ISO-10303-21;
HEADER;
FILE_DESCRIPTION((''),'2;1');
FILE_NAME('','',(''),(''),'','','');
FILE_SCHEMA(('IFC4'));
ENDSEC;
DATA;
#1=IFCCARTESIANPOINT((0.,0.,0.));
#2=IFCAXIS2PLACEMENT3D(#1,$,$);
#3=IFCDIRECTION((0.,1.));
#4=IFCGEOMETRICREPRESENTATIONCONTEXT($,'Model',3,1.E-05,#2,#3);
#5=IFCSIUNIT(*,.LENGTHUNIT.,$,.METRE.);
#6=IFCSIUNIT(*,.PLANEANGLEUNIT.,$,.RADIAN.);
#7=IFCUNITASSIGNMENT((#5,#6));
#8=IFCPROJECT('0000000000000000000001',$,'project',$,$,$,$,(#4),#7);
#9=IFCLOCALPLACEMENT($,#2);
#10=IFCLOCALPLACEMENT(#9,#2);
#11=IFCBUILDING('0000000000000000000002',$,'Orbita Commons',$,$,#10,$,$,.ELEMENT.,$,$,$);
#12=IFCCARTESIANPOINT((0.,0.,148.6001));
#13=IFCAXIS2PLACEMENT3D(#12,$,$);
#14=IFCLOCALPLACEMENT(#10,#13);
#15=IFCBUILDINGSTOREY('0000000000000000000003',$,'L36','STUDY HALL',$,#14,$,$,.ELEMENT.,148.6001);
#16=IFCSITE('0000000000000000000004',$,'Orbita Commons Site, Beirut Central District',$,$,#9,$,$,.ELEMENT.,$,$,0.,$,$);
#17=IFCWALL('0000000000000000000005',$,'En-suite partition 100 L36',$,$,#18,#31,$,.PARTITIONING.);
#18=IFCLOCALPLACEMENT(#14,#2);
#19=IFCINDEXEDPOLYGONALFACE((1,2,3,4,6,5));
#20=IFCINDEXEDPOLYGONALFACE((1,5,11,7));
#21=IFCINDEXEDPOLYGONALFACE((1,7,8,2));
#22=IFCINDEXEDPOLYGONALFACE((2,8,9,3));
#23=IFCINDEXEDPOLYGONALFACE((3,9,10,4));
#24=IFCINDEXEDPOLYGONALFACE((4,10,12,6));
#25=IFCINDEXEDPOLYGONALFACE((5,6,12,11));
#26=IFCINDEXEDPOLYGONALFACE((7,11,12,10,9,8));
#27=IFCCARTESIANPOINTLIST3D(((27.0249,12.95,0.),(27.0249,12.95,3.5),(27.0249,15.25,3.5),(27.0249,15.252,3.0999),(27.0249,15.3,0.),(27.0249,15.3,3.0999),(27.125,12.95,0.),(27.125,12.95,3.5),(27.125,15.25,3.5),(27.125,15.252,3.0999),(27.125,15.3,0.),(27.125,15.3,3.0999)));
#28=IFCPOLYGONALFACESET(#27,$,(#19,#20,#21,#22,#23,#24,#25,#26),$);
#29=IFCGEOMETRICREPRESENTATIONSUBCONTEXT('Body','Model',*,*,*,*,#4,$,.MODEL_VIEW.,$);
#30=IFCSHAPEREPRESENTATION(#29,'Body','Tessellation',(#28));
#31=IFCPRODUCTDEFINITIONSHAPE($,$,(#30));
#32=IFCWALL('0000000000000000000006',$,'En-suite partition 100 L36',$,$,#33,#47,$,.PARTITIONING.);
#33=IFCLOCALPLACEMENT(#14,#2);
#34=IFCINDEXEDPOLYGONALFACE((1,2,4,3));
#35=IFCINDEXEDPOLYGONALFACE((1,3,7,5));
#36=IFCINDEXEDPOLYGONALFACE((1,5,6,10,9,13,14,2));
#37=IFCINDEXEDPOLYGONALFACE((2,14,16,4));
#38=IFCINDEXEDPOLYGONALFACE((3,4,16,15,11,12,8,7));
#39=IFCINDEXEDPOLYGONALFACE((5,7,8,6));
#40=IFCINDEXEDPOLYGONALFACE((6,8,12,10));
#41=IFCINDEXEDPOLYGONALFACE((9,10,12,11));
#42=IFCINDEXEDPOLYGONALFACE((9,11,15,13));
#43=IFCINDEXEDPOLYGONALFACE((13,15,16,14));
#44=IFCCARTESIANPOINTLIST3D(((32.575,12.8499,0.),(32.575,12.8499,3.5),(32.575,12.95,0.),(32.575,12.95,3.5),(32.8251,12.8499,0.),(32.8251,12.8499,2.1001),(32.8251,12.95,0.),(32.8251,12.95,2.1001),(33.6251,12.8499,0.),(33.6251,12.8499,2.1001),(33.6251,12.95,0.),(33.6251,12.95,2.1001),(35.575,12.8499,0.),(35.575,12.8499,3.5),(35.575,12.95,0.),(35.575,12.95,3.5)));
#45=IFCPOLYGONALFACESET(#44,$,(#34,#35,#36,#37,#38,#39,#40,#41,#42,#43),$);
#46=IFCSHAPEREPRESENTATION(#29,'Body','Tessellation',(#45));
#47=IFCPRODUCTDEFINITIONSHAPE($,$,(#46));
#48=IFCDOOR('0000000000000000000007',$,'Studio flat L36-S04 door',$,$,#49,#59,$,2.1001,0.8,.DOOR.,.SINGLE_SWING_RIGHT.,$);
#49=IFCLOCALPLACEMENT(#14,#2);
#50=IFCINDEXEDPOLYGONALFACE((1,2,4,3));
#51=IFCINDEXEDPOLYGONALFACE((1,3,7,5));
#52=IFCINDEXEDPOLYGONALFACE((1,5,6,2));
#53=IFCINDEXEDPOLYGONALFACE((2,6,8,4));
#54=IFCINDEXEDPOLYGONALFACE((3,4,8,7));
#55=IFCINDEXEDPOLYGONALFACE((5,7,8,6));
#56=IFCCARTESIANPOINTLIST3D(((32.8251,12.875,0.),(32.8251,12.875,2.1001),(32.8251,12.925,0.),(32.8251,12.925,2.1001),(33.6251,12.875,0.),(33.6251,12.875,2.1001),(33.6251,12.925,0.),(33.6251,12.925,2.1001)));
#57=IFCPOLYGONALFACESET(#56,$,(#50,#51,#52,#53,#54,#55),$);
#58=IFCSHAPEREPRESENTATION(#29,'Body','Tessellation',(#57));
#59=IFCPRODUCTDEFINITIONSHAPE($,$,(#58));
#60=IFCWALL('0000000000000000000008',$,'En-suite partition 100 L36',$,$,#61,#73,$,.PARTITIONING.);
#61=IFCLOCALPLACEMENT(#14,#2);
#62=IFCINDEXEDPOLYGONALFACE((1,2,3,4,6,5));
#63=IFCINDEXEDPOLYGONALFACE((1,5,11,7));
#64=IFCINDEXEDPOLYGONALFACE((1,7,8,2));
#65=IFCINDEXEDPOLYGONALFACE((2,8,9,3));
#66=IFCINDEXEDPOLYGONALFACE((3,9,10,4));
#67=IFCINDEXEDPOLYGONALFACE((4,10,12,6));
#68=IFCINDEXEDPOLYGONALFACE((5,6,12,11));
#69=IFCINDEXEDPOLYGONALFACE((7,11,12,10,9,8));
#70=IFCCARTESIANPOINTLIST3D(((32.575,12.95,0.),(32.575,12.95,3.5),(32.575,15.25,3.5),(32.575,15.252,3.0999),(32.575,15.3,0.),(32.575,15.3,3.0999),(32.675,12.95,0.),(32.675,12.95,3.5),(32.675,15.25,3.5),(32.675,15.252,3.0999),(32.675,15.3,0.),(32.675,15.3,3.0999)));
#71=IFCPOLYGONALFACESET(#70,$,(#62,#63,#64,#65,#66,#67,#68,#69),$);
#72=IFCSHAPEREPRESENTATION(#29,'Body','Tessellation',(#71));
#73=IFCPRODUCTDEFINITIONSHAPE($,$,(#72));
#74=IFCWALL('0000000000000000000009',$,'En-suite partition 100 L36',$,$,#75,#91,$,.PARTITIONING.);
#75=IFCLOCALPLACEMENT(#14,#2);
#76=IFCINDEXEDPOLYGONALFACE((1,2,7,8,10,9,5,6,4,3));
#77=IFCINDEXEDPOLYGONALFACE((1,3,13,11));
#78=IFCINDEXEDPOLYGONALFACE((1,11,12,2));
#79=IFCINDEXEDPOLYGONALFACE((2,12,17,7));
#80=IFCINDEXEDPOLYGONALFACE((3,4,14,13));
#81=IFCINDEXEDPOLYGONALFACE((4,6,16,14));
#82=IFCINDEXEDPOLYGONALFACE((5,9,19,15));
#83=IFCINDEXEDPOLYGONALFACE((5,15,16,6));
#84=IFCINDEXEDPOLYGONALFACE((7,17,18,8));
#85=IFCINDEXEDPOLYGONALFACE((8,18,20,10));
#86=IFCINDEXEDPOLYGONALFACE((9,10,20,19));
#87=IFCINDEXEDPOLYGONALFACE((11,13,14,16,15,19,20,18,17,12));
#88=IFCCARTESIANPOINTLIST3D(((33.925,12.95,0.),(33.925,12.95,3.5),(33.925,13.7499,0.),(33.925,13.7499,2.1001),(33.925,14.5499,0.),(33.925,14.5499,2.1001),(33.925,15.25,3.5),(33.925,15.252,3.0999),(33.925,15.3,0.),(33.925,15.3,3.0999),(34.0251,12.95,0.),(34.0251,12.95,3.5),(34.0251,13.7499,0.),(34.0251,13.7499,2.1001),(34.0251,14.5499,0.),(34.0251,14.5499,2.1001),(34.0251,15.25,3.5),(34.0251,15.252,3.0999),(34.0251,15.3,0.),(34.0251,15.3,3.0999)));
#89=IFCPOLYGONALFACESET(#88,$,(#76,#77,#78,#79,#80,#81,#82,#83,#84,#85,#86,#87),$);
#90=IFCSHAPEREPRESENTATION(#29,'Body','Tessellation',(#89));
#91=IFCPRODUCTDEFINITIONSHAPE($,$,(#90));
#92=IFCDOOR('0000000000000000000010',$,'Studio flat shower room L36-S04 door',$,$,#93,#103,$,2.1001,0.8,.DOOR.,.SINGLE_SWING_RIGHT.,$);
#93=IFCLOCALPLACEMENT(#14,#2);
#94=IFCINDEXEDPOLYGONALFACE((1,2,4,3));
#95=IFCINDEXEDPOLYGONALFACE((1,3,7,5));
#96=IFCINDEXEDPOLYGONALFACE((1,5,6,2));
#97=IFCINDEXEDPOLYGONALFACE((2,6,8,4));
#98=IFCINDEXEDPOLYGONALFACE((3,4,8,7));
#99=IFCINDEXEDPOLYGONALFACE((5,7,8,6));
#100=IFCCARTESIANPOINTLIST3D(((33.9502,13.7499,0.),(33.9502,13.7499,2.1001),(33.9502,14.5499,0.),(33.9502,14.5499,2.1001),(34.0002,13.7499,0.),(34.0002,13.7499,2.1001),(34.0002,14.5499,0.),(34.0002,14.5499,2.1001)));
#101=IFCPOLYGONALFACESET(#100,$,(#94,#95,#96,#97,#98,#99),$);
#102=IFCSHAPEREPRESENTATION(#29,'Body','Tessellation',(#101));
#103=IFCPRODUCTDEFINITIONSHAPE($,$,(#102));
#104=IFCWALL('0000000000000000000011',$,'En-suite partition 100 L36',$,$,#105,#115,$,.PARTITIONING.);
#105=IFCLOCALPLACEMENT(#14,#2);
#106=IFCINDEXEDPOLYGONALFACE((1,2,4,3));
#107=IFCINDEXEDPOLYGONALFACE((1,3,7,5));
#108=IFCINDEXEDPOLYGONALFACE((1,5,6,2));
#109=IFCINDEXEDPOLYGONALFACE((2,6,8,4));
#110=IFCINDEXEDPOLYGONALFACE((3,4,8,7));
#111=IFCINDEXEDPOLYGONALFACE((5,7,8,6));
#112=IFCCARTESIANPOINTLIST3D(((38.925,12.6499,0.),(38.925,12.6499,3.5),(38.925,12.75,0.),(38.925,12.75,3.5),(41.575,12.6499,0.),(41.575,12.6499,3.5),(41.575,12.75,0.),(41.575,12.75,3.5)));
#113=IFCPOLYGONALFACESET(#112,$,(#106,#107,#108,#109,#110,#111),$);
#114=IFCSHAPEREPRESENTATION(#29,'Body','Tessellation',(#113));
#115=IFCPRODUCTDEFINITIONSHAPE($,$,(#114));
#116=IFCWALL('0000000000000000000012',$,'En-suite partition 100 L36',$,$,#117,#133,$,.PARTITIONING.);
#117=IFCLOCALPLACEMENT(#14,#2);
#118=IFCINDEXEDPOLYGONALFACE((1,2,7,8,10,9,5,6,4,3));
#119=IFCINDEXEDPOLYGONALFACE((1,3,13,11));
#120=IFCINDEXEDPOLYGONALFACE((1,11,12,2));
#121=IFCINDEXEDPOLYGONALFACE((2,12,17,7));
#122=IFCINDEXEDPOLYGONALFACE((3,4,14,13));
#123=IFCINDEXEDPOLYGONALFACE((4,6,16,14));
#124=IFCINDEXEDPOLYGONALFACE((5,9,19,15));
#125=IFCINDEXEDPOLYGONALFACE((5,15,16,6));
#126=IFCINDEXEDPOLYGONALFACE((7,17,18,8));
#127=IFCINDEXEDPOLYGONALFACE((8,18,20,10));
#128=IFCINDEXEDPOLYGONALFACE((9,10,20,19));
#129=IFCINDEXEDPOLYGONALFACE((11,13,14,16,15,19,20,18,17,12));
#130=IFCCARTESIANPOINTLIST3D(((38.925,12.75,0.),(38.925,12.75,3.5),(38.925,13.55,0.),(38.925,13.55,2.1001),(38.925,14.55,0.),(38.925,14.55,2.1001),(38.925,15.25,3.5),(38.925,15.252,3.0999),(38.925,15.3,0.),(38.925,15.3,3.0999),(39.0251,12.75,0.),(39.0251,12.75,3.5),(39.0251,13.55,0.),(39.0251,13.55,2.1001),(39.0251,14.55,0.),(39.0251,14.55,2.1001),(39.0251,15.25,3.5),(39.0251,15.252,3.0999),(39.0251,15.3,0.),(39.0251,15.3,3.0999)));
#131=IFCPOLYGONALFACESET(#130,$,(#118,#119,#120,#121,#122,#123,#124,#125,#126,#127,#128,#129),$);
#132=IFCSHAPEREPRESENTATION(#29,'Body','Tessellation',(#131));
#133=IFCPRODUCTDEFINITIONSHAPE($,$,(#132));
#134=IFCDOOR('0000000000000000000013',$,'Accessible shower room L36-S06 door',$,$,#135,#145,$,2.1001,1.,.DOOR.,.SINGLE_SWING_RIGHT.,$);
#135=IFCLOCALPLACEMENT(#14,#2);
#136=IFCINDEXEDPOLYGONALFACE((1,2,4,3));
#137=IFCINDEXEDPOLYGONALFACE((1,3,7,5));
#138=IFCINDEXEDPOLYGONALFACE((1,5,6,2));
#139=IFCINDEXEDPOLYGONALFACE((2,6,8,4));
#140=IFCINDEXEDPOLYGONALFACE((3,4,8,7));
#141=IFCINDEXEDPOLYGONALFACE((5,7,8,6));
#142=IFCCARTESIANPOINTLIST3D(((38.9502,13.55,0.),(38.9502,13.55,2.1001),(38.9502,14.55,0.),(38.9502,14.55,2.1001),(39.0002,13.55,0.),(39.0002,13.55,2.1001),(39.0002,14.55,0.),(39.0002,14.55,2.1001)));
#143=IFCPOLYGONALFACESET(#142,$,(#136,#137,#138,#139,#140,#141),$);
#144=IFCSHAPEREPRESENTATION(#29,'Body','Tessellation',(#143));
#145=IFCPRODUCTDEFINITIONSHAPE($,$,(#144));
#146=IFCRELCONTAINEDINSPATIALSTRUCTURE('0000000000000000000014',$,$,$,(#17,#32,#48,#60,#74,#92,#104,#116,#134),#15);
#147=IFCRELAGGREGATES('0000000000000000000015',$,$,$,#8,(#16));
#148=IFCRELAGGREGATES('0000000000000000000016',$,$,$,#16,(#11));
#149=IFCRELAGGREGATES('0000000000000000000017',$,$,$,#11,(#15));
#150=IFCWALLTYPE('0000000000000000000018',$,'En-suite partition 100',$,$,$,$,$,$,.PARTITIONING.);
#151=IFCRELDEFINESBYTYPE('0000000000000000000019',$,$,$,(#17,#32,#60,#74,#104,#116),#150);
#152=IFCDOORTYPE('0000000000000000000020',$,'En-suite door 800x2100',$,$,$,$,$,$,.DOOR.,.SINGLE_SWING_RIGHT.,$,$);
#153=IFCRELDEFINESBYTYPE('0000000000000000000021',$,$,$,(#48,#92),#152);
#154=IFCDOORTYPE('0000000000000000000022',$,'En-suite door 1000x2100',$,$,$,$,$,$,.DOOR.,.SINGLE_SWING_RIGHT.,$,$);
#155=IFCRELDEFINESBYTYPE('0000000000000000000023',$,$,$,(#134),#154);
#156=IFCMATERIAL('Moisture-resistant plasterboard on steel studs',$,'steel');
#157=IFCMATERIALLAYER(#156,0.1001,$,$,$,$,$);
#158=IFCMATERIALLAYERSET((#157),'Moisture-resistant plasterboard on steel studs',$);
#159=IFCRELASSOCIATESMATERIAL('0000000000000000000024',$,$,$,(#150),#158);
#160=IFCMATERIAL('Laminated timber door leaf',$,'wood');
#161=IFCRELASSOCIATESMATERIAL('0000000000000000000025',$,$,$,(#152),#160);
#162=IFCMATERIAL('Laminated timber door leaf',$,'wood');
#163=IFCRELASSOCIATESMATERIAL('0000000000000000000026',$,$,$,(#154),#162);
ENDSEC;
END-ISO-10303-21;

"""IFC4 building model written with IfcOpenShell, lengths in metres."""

from ifc_helpers import new_model, si_unit, direction, frame, frame_2d, origin, place, context, subcontext, project, spatial, polyline, rectangle, outline, extrude, material, layer, layer_set, type_object, element, fill, save


model = new_model("IFC4")

# Units and contexts
model_context = context("Model", 3, precision=1e-05, world=origin(), true_north=direction((0.0, 1.0)))
body_context = subcontext(model_context, "Body", "Model", "MODEL_VIEW")
ifc_project = project(units=[si_unit("LENGTHUNIT", "METRE"), si_unit("PLANEANGLEUNIT", "RADIAN")], contexts=[model_context])

# Site, building, storey
site_placement = place(None, origin())
site = spatial("IfcSite", under=ifc_project, at=site_placement, Name="Orbita Commons Site, Beirut Central District", CompositionType="ELEMENT", RefElevation=0.0)
building_placement = place(site_placement, origin())
building = spatial("IfcBuilding", under=site, at=building_placement, Name="Orbita Commons", CompositionType="ELEMENT")
storey_placement = place(building_placement, frame((0.0, 0.0, 148.6001)))
storey = spatial("IfcBuildingStorey", under=building, at=storey_placement, Name="L36", Description="STUDY HALL", CompositionType="ELEMENT", Elevation=148.6001)

# Shared definitions
ifc_material_1 = material(Name="Moisture-resistant plasterboard on steel studs", Category="steel")
ifc_layer_1 = layer(ifc_material_1, 0.1001)
ifc_layer_set_1 = layer_set([ifc_layer_1], Name="Moisture-resistant plasterboard on steel studs")
wall_type_1 = type_object("IfcWallType", Name="En-suite partition 100", PredefinedType="PARTITIONING", material=ifc_layer_set_1)

# Wall
wall_1_placement = place(storey_placement, frame((27.075, 12.95, 0.0), z_axis=(0.0, 0.0, 1.0), x_axis=(0.0, 1.0, 0.0)))
element("IfcWall", 1, at=wall_1_placement, inside=storey, type_object=wall_type_1, Name="En-suite partition 100 L36", PredefinedType="PARTITIONING", context=body_context, shape_type="SweptSolid", body=[
    extrude(outline(polyline([(0.0, 0.0), (2.3501, 0.0), (2.3501, 3.0999), (2.302, 3.0999), (2.3, 3.5), (0.0, 3.5), (0.0, 0.0)])), frame((0.0, 0.05, 0.0), z_axis=(0.0, -1.0, 0.0), x_axis=(1.0, 0.0, 0.0)), (0.0, 0.0, 1.0), 0.1001),
])

# Wall, opening, door
wall_2_placement = place(storey_placement, frame((35.575, 12.8999, 0.0), z_axis=(0.0, 0.0, 1.0), x_axis=(-1.0, 0.0, 0.0)))
wall_2 = element("IfcWall", 2, at=wall_2_placement, inside=storey, type_object=wall_type_1, Name="En-suite partition 100 L36", PredefinedType="PARTITIONING", context=body_context, shape_type="SweptSolid", body=[
    extrude(rectangle(XDim=3.0, YDim=0.1001, at=frame_2d((1.5, 0.0))), origin(), (0.0, 0.0, 1.0), 3.5),
])
opening_1_placement = place(wall_2_placement, frame((1.95, 0.0, 0.0)))
opening_1 = element("IfcOpeningElement", 3, at=opening_1_placement, cuts=wall_2, PredefinedType="OPENING", context=body_context, shape_type="SweptSolid", body=[
    extrude(rectangle(XDim=0.8, YDim=2.1001, at=frame_2d((0.3999, 1.05))), frame((0.0, 0.0601, 0.0), z_axis=(0.0, -1.0, 0.0), x_axis=(1.0, 0.0, 0.0)), (0.0, 0.0, 1.0), 0.1201),
])
ifc_material_2 = material(Name="Laminated timber door leaf", Category="wood")
door_type_1 = type_object("IfcDoorType", Name="En-suite door 800x2100", OperationType="SINGLE_SWING_RIGHT", PredefinedType="DOOR", material=ifc_material_2)
door_1_placement = place(opening_1_placement, origin())
door_1 = element("IfcDoor", 4, at=door_1_placement, inside=storey, type_object=door_type_1, Name="Studio flat L36-S04 door", OperationType="SINGLE_SWING_RIGHT", OverallHeight=2.1001, OverallWidth=0.8, PredefinedType="DOOR", context=body_context, shape_type="SweptSolid", body=[
    extrude(rectangle(XDim=0.8, YDim=2.1001, at=frame_2d((0.3999, 1.05))), frame((0.0, 0.0249, 0.0), z_axis=(0.0, -1.0, 0.0), x_axis=(1.0, 0.0, 0.0)), (0.0, 0.0, 1.0), 0.05),
])
fill(opening_1, door_1)

# Wall
wall_3_placement = place(storey_placement, frame((32.625, 12.95, 0.0), z_axis=(0.0, 0.0, 1.0), x_axis=(0.0, 1.0, 0.0)))
element("IfcWall", 5, at=wall_3_placement, inside=storey, type_object=wall_type_1, Name="En-suite partition 100 L36", PredefinedType="PARTITIONING", context=body_context, shape_type="SweptSolid", body=[
    extrude(outline(polyline([(0.0, 0.0), (2.3501, 0.0), (2.3501, 3.0999), (2.302, 3.0999), (2.3, 3.5), (0.0, 3.5), (0.0, 0.0)])), frame((0.0, 0.05, 0.0), z_axis=(0.0, -1.0, 0.0), x_axis=(1.0, 0.0, 0.0)), (0.0, 0.0, 1.0), 0.1001),
])

# Wall, opening, door
wall_4_placement = place(storey_placement, frame((33.9751, 12.95, 0.0), z_axis=(0.0, 0.0, 1.0), x_axis=(0.0, 1.0, 0.0)))
wall_4 = element("IfcWall", 6, at=wall_4_placement, inside=storey, type_object=wall_type_1, Name="En-suite partition 100 L36", PredefinedType="PARTITIONING", context=body_context, shape_type="SweptSolid", body=[
    extrude(outline(polyline([(0.0, 0.0), (2.3501, 0.0), (2.3501, 3.0999), (2.302, 3.0999), (2.3, 3.5), (0.0, 3.5), (0.0, 0.0)])), frame((0.0, 0.05, 0.0), z_axis=(0.0, -1.0, 0.0), x_axis=(1.0, 0.0, 0.0)), (0.0, 0.0, 1.0), 0.1001),
])
opening_2_placement = place(wall_4_placement, frame((0.8, 0.0, 0.0)))
opening_2 = element("IfcOpeningElement", 7, at=opening_2_placement, cuts=wall_4, PredefinedType="OPENING", context=body_context, shape_type="SweptSolid", body=[
    extrude(rectangle(XDim=0.8, YDim=2.1001, at=frame_2d((0.3999, 1.05))), frame((0.0, 0.0601, 0.0), z_axis=(0.0, -1.0, 0.0), x_axis=(1.0, 0.0, 0.0)), (0.0, 0.0, 1.0), 0.1201),
])
door_2_placement = place(opening_2_placement, origin())
door_2 = element("IfcDoor", 8, at=door_2_placement, inside=storey, type_object=door_type_1, Name="Studio flat shower room L36-S04 door", OperationType="SINGLE_SWING_RIGHT", OverallHeight=2.1001, OverallWidth=0.8, PredefinedType="DOOR", context=body_context, shape_type="SweptSolid", body=[
    extrude(rectangle(XDim=0.8, YDim=2.1001, at=frame_2d((0.3999, 1.05))), frame((0.0, 0.0249, 0.0), z_axis=(0.0, -1.0, 0.0), x_axis=(1.0, 0.0, 0.0)), (0.0, 0.0, 1.0), 0.05),
])
fill(opening_2, door_2)

# Wall
wall_5_placement = place(storey_placement, frame((38.925, 12.7, 0.0), z_axis=(0.0, 0.0, 1.0), x_axis=(1.0, 0.0, 0.0)))
element("IfcWall", 9, at=wall_5_placement, inside=storey, type_object=wall_type_1, Name="En-suite partition 100 L36", PredefinedType="PARTITIONING", context=body_context, shape_type="SweptSolid", body=[
    extrude(rectangle(XDim=2.6499, YDim=0.1001, at=frame_2d((1.325, 0.0))), origin(), (0.0, 0.0, 1.0), 3.5),
])

# Wall, opening, door
wall_6_placement = place(storey_placement, frame((38.9751, 12.75, 0.0), z_axis=(0.0, 0.0, 1.0), x_axis=(0.0, 1.0, 0.0)))
wall_6 = element("IfcWall", 10, at=wall_6_placement, inside=storey, type_object=wall_type_1, Name="En-suite partition 100 L36", PredefinedType="PARTITIONING", context=body_context, shape_type="SweptSolid", body=[
    extrude(outline(polyline([(0.0, 0.0), (2.55, 0.0), (2.55, 3.0999), (2.502, 3.0999), (2.5, 3.5), (0.0, 3.5), (0.0, 0.0)])), frame((0.0, 0.05, 0.0), z_axis=(0.0, -1.0, 0.0), x_axis=(1.0, 0.0, 0.0)), (0.0, 0.0, 1.0), 0.1001),
])
opening_3_placement = place(wall_6_placement, frame((0.8, 0.0, 0.0)))
opening_3 = element("IfcOpeningElement", 11, at=opening_3_placement, cuts=wall_6, PredefinedType="OPENING", context=body_context, shape_type="SweptSolid", body=[
    extrude(rectangle(XDim=1.0, YDim=2.1001, at=frame_2d((0.5, 1.05))), frame((0.0, 0.0601, 0.0), z_axis=(0.0, -1.0, 0.0), x_axis=(1.0, 0.0, 0.0)), (0.0, 0.0, 1.0), 0.1201),
])
ifc_material_3 = material(Name="Laminated timber door leaf", Category="wood")
door_type_2 = type_object("IfcDoorType", Name="En-suite door 1000x2100", OperationType="SINGLE_SWING_RIGHT", PredefinedType="DOOR", material=ifc_material_3)
door_3_placement = place(opening_3_placement, origin())
door_3 = element("IfcDoor", 12, at=door_3_placement, inside=storey, type_object=door_type_2, Name="Accessible shower room L36-S06 door", OperationType="SINGLE_SWING_RIGHT", OverallHeight=2.1001, OverallWidth=1.0, PredefinedType="DOOR", context=body_context, shape_type="SweptSolid", body=[
    extrude(rectangle(XDim=1.0, YDim=2.1001, at=frame_2d((0.5, 1.05))), frame((0.0, 0.0249, 0.0), z_axis=(0.0, -1.0, 0.0), x_axis=(1.0, 0.0, 0.0)), (0.0, 0.0, 1.0), 0.05),
])
fill(opening_3, door_3)

save(model, "model.ifc")
